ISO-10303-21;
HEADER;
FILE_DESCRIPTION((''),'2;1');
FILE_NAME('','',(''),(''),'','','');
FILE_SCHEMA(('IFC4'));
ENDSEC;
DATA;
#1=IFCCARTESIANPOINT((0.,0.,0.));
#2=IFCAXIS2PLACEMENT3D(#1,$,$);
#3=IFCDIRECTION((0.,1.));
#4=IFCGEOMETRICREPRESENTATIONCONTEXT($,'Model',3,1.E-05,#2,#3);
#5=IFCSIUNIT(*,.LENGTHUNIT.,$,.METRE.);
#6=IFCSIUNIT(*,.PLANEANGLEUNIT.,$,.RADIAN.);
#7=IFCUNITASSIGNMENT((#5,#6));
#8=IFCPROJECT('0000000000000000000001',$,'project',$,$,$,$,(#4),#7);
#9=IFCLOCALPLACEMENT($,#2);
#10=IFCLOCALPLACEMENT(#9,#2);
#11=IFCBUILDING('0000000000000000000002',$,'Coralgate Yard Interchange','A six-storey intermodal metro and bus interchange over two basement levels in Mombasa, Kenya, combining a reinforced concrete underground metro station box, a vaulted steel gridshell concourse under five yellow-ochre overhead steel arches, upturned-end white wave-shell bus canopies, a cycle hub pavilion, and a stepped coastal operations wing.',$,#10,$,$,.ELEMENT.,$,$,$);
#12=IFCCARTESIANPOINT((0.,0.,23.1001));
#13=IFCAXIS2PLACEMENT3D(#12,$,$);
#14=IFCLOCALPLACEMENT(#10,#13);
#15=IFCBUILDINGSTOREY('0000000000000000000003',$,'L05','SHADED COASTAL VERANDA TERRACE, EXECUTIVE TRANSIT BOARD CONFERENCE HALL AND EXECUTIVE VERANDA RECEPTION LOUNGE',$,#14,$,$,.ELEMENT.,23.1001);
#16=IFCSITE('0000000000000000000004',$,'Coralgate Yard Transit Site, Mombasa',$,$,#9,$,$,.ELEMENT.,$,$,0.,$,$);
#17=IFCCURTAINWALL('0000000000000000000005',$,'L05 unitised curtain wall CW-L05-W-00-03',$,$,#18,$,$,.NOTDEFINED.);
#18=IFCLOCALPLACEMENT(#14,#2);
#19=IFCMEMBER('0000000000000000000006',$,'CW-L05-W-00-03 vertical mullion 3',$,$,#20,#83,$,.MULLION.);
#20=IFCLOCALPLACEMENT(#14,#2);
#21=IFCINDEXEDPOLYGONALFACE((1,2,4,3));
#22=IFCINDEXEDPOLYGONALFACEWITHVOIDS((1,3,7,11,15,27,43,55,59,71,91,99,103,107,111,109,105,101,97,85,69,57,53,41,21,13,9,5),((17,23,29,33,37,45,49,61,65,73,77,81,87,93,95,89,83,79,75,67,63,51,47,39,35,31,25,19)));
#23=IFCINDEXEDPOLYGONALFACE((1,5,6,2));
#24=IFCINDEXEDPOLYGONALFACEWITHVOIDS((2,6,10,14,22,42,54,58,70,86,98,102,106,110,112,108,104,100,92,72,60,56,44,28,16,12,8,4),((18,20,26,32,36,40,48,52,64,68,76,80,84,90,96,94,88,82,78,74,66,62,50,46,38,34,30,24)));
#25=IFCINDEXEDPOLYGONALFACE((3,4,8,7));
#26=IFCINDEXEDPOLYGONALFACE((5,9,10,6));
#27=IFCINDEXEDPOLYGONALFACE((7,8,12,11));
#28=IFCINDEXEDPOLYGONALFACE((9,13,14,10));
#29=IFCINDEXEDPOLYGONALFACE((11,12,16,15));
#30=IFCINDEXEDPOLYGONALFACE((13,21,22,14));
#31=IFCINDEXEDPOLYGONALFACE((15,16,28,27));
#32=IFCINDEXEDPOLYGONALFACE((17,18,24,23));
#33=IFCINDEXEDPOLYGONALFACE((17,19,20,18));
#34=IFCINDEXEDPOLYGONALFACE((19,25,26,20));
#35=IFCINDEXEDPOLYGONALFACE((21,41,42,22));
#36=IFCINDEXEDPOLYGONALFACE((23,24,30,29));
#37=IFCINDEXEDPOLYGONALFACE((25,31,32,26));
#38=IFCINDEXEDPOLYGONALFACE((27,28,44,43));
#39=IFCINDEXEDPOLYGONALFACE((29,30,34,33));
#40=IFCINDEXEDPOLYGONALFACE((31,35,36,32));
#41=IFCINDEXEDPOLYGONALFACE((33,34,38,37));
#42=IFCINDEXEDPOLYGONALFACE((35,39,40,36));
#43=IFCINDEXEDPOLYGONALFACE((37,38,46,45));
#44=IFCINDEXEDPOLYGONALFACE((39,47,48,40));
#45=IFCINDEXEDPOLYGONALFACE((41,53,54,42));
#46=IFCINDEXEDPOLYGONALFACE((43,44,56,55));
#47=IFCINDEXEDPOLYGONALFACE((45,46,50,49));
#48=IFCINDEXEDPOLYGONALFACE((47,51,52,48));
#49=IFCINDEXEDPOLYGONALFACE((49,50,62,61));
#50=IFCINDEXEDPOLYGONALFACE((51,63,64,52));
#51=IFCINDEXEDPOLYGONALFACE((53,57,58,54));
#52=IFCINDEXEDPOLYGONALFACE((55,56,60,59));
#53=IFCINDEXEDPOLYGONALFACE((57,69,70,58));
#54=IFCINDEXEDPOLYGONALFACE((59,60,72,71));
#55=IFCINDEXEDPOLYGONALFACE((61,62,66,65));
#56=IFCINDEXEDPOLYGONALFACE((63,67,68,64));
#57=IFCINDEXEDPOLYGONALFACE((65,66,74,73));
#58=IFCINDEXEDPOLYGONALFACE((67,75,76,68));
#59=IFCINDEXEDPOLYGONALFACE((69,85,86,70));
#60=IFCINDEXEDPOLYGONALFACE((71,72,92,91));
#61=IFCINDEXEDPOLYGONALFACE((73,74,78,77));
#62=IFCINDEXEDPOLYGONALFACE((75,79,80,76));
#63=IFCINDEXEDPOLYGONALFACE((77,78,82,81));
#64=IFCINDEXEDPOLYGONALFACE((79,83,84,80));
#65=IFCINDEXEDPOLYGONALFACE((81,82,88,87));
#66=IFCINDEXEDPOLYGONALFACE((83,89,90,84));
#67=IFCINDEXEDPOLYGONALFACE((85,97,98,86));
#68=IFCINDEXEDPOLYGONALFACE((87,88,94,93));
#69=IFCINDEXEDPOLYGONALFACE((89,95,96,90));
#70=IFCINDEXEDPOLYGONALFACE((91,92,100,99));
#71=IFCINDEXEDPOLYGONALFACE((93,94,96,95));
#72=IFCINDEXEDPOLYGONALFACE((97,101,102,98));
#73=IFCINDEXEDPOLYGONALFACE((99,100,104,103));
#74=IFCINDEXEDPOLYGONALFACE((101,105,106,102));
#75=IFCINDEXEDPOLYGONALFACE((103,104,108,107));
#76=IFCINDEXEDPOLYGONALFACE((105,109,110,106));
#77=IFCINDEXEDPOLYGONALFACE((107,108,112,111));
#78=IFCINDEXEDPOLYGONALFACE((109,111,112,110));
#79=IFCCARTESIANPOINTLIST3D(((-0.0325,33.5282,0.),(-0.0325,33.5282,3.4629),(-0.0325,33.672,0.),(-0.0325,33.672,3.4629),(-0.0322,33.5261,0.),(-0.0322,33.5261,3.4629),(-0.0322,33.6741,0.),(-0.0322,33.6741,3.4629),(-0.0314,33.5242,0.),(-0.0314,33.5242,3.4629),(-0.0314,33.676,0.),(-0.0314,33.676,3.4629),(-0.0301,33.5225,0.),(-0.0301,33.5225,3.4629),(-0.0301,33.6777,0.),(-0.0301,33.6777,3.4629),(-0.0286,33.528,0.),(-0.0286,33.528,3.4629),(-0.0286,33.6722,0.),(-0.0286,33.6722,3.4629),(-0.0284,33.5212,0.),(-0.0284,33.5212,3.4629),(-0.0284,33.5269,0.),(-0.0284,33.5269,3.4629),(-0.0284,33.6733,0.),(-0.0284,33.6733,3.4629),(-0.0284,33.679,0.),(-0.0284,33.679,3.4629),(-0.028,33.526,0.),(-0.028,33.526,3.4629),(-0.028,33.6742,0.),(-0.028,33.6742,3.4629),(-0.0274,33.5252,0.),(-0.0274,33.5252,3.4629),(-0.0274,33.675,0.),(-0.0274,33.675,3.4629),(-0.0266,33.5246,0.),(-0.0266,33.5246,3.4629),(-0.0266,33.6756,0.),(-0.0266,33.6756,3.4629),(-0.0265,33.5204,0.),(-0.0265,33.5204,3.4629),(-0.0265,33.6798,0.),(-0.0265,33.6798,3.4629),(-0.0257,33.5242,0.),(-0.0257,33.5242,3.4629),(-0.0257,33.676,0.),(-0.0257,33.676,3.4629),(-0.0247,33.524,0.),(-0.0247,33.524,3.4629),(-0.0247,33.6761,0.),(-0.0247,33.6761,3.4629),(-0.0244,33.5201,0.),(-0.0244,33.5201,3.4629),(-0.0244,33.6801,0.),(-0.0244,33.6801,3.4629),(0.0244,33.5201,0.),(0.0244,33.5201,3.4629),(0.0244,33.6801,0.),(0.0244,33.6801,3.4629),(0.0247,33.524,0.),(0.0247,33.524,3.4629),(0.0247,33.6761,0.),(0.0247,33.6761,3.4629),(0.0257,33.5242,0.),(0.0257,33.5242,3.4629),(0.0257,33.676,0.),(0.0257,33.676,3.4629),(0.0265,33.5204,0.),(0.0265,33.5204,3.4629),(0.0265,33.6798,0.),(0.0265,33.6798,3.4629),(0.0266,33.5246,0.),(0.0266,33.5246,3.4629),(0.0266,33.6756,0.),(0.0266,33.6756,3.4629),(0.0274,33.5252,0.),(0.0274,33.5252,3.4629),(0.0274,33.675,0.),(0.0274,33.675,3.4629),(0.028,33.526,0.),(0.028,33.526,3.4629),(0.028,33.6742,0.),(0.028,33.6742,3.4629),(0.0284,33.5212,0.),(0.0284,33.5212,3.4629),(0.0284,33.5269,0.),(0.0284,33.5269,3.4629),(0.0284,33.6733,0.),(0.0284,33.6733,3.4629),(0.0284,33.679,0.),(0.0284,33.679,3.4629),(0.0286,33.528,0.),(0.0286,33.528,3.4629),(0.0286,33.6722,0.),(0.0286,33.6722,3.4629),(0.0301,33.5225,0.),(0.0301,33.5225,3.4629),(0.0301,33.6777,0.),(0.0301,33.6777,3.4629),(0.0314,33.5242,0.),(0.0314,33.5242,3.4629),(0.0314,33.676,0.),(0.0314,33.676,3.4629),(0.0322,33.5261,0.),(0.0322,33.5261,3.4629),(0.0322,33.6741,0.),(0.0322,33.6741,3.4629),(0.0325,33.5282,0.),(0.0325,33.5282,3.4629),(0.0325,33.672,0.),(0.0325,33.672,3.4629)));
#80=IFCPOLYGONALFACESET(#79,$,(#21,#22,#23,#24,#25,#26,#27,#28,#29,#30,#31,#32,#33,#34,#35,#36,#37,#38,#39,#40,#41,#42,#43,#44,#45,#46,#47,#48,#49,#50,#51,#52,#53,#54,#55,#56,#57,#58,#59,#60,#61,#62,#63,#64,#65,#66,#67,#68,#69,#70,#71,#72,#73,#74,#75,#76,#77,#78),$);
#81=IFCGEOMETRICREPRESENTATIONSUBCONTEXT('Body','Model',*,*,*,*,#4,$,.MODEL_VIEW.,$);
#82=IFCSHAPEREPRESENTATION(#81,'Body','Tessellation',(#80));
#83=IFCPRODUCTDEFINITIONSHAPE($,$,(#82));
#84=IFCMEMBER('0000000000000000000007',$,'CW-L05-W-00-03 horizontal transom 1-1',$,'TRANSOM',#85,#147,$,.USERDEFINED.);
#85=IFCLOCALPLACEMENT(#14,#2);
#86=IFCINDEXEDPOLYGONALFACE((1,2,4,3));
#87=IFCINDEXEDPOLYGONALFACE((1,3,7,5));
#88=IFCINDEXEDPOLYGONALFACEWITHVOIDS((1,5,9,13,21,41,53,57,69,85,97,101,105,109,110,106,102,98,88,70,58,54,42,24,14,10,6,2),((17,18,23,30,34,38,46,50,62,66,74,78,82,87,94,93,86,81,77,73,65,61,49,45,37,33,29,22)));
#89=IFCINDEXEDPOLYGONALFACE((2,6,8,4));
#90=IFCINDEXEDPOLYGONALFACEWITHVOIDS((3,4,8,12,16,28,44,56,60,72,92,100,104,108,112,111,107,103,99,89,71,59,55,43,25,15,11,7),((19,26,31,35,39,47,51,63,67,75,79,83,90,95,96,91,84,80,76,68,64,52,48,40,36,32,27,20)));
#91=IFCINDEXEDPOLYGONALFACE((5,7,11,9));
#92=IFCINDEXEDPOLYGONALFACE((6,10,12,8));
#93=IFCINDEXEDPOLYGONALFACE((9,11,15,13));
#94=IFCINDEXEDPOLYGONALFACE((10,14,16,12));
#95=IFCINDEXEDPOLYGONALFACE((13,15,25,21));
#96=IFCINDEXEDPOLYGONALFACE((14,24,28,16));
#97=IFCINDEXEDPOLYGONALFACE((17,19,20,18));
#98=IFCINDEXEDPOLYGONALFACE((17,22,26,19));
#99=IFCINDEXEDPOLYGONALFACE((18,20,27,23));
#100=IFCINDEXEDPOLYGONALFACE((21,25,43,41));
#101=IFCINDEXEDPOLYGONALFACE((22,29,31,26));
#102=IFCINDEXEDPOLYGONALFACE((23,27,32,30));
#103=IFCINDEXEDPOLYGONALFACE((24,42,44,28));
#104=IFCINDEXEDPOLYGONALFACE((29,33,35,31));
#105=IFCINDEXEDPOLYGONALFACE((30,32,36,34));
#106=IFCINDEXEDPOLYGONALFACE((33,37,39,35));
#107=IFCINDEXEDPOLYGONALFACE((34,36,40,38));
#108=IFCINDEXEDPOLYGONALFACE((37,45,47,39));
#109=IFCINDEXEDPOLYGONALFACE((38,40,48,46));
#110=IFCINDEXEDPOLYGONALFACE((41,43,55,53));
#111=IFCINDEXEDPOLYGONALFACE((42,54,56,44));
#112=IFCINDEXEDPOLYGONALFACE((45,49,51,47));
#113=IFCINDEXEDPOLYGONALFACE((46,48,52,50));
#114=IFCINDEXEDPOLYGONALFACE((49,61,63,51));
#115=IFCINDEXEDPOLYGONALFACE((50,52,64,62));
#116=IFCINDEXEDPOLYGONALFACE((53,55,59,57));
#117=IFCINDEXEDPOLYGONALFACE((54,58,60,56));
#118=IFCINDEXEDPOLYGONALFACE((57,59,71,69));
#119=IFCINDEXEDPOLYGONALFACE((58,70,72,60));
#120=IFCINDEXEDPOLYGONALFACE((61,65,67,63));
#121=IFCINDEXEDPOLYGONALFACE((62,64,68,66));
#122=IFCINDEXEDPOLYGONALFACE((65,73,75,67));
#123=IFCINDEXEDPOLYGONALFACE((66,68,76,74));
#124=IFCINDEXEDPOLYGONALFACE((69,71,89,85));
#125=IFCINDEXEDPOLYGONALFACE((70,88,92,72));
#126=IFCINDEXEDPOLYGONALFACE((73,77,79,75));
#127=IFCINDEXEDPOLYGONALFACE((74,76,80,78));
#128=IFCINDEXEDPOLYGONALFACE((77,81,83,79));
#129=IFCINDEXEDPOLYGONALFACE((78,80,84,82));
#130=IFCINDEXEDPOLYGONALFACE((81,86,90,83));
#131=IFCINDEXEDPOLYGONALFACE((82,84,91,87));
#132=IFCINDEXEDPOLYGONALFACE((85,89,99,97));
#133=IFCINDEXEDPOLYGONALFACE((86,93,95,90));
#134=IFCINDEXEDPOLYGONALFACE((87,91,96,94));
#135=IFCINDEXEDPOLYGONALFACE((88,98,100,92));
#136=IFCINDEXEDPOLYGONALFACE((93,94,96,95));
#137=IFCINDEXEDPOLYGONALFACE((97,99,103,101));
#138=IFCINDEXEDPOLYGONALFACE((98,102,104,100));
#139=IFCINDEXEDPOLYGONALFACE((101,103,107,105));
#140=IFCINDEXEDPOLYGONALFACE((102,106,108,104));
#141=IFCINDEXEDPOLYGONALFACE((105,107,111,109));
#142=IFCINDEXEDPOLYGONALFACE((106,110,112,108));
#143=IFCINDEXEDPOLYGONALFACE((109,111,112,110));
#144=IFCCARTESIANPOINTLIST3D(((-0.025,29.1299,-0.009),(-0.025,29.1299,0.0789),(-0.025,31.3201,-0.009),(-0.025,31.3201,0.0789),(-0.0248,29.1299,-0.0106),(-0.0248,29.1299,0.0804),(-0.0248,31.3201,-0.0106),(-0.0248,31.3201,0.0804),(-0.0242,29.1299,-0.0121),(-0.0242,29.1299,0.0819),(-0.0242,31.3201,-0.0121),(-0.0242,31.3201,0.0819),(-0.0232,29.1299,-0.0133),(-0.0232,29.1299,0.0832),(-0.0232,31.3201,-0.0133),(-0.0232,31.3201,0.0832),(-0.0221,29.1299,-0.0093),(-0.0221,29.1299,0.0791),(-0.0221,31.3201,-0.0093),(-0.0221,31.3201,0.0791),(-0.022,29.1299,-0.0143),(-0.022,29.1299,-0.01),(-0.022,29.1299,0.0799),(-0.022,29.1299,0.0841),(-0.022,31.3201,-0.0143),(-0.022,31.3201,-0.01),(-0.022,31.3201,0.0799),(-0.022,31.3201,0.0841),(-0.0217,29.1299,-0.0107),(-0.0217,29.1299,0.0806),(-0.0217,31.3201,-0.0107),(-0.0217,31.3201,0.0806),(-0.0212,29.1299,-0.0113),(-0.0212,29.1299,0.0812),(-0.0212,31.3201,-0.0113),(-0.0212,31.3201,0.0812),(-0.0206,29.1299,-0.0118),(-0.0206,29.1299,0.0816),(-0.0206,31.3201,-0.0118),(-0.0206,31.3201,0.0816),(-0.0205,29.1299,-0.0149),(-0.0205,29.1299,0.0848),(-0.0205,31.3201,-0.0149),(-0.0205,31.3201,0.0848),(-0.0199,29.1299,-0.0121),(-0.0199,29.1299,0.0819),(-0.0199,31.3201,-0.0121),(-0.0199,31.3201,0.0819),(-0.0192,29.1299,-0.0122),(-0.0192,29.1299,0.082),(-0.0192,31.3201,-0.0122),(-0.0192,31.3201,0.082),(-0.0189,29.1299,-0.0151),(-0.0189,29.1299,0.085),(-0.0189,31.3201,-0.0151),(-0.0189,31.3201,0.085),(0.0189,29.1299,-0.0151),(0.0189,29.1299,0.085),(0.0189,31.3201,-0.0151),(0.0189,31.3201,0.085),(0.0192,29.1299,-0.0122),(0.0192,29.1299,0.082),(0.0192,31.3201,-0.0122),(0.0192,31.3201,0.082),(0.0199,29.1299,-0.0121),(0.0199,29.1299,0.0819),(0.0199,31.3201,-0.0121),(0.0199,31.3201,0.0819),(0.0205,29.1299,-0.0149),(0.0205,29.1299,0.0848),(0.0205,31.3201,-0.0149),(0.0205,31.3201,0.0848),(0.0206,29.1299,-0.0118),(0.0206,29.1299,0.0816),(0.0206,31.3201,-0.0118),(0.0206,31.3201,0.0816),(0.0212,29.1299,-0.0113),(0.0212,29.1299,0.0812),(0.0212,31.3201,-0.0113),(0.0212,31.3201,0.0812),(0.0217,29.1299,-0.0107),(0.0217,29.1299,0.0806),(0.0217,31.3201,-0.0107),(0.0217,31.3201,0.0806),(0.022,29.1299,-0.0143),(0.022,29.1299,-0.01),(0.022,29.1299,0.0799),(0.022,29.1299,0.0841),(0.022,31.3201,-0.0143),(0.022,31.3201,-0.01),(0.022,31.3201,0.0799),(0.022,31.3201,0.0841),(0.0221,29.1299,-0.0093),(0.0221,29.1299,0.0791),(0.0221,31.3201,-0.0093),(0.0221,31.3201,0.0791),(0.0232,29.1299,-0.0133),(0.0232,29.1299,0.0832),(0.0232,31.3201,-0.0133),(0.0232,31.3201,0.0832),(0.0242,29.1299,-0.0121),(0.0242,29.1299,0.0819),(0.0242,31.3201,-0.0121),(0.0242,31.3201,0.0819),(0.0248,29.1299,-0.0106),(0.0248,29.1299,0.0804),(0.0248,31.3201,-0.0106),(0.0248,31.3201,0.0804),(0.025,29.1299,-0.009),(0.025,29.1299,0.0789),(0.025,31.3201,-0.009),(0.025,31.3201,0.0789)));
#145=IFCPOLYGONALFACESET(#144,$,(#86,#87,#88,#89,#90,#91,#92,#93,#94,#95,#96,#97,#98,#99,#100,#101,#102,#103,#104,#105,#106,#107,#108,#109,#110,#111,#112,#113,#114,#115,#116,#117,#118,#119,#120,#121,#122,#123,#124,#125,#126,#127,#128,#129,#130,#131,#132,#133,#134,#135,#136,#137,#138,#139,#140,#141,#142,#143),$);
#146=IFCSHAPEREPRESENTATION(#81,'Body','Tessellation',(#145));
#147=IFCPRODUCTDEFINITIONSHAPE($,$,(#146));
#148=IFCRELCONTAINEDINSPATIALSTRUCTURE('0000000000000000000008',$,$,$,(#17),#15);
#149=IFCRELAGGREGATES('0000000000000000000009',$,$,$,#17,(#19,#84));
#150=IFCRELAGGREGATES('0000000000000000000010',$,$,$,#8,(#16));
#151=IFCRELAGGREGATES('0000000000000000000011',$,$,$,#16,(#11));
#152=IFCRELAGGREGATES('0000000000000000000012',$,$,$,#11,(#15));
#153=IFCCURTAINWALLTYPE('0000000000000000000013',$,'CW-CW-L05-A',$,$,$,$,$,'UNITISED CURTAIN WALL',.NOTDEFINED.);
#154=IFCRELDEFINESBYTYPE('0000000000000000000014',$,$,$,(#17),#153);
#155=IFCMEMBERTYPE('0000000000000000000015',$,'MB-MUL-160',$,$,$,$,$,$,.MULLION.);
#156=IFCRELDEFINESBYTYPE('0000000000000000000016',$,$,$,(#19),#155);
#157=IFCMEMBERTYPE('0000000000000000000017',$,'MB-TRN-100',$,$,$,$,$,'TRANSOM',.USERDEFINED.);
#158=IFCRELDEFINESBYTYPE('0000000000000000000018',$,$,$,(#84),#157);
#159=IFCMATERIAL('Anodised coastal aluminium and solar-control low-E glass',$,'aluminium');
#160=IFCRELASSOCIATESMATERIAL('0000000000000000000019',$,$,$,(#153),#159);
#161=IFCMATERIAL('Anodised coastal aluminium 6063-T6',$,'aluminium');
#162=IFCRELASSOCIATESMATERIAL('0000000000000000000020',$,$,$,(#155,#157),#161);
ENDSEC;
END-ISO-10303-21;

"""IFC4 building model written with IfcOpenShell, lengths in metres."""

from ifc_helpers import new_model, si_unit, direction, frame, origin, origin_2d, place, context, subcontext, project, spatial, hollow_rectangle, extrude, material, material_profile, profile_set, type_object, element, aggregate, save


model = new_model("IFC4")

# Units and contexts
model_context = context("Model", 3, precision=1e-05, world=origin(), true_north=direction((0.0, 1.0)))
body_context = subcontext(model_context, "Body", "Model", "MODEL_VIEW")
ifc_project = project(units=[si_unit("LENGTHUNIT", "METRE"), si_unit("PLANEANGLEUNIT", "RADIAN")], contexts=[model_context])

# Site, building, storey
site_placement = place(None, origin())
site = spatial("IfcSite", under=ifc_project, at=site_placement, Name="Coralgate Yard Transit Site, Mombasa", CompositionType="ELEMENT", RefElevation=0.0)
building_placement = place(site_placement, origin())
building = spatial("IfcBuilding", under=site, at=building_placement, Name="Coralgate Yard Interchange", Description="A six-storey intermodal metro and bus interchange over two basement levels in Mombasa, Kenya, combining a reinforced concrete underground metro station box, a vaulted steel gridshell concourse under five yellow-ochre overhead steel arches, upturned-end white wave-shell bus canopies, a cycle hub pavilion, and a stepped coastal operations wing.", CompositionType="ELEMENT")
storey_placement = place(building_placement, frame((0.0, 0.0, 23.1001)))
storey = spatial("IfcBuildingStorey", under=building, at=storey_placement, Name="L05", Description="SHADED COASTAL VERANDA TERRACE, EXECUTIVE TRANSIT BOARD CONFERENCE HALL AND EXECUTIVE VERANDA RECEPTION LOUNGE", CompositionType="ELEMENT", Elevation=23.1001)

# Curtain wall, members
ifc_material_1 = material(Name="Anodised coastal aluminium and solar-control low-E glass", Category="aluminium")
curtain_wall_type = type_object("IfcCurtainWallType", Name="CW-CW-L05-A", ElementType="UNITISED CURTAIN WALL", PredefinedType="NOTDEFINED", material=ifc_material_1)
curtain_wall_placement = place(storey_placement, origin())
curtain_wall = element("IfcCurtainWall", 1, at=curtain_wall_placement, inside=storey, type_object=curtain_wall_type, Name="L05 unitised curtain wall CW-L05-W-00-03", PredefinedType="NOTDEFINED")
ifc_material_2 = material(Name="Anodised coastal aluminium 6063-T6", Category="aluminium")
ifc_material_profile_1 = material_profile(ifc_material_2, hollow_rectangle(XDim=0.0649, YDim=0.1599, WallThickness=0.0039, InnerFilletRadius=0.0039, OuterFilletRadius=0.0081, at=origin_2d()), Name="ALU 65x160x4")
ifc_profile_set_1 = profile_set([ifc_material_profile_1], Name="Anodised coastal aluminium 6063-T6")
member_type_1 = type_object("IfcMemberType", Name="MB-MUL-160", PredefinedType="MULLION", material=ifc_profile_set_1)
member_1_placement = place(storey_placement, frame((0.0, 33.6001, 0.0), z_axis=(0.0, 0.0, 1.0), x_axis=(1.0, 0.0, 0.0)))
member_1 = element("IfcMember", 2, at=member_1_placement, type_object=member_type_1, Name="CW-L05-W-00-03 vertical mullion 3", PredefinedType="MULLION", context=body_context, shape_type="SweptSolid", body=[
    extrude(hollow_rectangle(XDim=0.0649, YDim=0.1599, WallThickness=0.0039, InnerFilletRadius=0.0039, OuterFilletRadius=0.0081, at=origin_2d()), origin(), (0.0, 0.0, 1.0), 3.4629),
])
ifc_material_profile_2 = material_profile(ifc_material_2, hollow_rectangle(XDim=0.05, YDim=0.1001, WallThickness=0.0029, InnerFilletRadius=0.0029, OuterFilletRadius=0.0061, at=origin_2d()), Name="ALU 50x100x3")
ifc_profile_set_2 = profile_set([ifc_material_profile_2], Name="Anodised coastal aluminium 6063-T6")
member_type_2 = type_object("IfcMemberType", Name="MB-TRN-100", ElementType="TRANSOM", PredefinedType="USERDEFINED", material=ifc_profile_set_2)
member_2_placement = place(storey_placement, frame((0.0, 29.1299, 0.0349), z_axis=(0.0, 1.0, 0.0), x_axis=(-1.0, 0.0, 0.0)))
member_2 = element("IfcMember", 3, at=member_2_placement, type_object=member_type_2, Name="CW-L05-W-00-03 horizontal transom 1-1", ObjectType="TRANSOM", PredefinedType="USERDEFINED", context=body_context, shape_type="SweptSolid", body=[
    extrude(hollow_rectangle(XDim=0.05, YDim=0.1001, WallThickness=0.0029, InnerFilletRadius=0.0029, OuterFilletRadius=0.0061, at=origin_2d()), origin(), (0.0, 0.0, 1.0), 2.1902),
])
aggregate(curtain_wall, [member_1, member_2])

save(model, "model.ifc")
